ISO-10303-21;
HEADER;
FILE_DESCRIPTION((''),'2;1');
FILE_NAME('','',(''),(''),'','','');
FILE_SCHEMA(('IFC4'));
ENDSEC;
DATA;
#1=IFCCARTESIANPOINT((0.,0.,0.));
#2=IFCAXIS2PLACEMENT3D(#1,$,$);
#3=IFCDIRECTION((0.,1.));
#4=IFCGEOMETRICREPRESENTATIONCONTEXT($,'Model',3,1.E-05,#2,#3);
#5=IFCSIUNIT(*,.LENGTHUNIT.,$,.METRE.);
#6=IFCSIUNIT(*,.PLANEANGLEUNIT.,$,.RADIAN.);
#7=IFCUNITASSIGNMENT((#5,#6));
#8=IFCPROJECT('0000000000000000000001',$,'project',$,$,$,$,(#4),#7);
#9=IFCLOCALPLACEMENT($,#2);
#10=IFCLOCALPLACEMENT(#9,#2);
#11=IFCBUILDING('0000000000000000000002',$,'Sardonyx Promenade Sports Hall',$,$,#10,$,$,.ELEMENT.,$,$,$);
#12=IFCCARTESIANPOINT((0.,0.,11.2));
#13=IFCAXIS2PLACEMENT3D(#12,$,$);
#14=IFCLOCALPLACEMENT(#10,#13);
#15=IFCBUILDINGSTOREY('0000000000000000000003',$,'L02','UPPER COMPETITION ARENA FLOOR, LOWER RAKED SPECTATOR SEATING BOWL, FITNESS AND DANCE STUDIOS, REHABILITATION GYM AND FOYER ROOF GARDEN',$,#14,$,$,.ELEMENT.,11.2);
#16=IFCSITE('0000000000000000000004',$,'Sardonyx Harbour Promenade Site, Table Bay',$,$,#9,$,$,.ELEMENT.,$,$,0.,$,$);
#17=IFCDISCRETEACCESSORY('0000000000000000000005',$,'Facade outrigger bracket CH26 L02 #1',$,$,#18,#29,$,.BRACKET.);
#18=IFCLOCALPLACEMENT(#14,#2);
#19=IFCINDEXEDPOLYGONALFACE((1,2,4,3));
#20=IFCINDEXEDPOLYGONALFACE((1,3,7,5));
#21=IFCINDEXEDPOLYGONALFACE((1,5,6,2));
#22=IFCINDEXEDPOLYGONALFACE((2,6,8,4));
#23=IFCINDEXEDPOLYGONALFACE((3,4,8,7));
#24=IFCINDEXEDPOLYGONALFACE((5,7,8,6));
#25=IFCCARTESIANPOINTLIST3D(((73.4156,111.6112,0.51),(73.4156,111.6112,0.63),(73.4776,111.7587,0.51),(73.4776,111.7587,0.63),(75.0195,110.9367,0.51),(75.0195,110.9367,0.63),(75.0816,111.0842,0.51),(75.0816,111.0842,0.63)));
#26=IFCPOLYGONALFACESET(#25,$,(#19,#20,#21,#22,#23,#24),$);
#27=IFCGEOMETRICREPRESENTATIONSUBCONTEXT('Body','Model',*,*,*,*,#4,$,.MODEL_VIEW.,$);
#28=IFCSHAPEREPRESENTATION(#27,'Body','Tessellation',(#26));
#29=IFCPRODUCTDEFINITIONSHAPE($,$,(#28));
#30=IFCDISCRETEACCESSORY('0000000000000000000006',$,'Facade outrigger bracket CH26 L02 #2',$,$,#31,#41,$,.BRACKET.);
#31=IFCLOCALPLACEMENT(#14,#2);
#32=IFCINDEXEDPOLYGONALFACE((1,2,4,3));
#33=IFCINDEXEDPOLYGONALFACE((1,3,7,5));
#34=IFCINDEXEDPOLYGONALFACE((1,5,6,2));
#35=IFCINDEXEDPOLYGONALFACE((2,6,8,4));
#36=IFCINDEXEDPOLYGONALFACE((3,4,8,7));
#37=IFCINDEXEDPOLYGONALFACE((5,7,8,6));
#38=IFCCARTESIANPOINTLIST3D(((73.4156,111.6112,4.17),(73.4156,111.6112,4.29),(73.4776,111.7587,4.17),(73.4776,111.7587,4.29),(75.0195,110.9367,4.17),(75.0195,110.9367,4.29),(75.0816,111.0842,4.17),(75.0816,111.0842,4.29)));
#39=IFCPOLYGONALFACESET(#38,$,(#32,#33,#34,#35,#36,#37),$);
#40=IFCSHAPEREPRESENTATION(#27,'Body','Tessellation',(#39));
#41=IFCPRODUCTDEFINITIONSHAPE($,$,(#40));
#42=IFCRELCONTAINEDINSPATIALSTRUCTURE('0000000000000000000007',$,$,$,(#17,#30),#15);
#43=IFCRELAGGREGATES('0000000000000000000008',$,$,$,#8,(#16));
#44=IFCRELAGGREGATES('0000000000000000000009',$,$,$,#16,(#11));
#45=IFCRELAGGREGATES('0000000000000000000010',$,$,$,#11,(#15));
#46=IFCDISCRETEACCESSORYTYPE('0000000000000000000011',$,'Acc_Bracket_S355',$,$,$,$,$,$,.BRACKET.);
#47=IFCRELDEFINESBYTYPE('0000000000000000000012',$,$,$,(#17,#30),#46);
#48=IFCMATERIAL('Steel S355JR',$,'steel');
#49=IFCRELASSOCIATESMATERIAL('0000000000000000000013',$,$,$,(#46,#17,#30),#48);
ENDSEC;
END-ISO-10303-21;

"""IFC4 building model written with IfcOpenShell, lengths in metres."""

from ifc_helpers import new_model, si_unit, direction, frame, origin, place, context, subcontext, project, spatial, rectangle, extrude, material, type_object, element, save


model = new_model("IFC4")

# Units and contexts
model_context = context("Model", 3, precision=1e-05, world=origin(), true_north=direction((0.0, 1.0)))
body_context = subcontext(model_context, "Body", "Model", "MODEL_VIEW")
ifc_project = project(units=[si_unit("LENGTHUNIT", "METRE"), si_unit("PLANEANGLEUNIT", "RADIAN")], contexts=[model_context])

# Site, building, storey
site_placement = place(None, origin())
site = spatial("IfcSite", under=ifc_project, at=site_placement, Name="Sardonyx Harbour Promenade Site, Table Bay", CompositionType="ELEMENT", RefElevation=0.0)
building_placement = place(site_placement, origin())
building = spatial("IfcBuilding", under=site, at=building_placement, Name="Sardonyx Promenade Sports Hall", CompositionType="ELEMENT")
storey_placement = place(building_placement, frame((0.0, 0.0, 11.2)))
storey = spatial("IfcBuildingStorey", under=building, at=storey_placement, Name="L02", Description="UPPER COMPETITION ARENA FLOOR, LOWER RAKED SPECTATOR SEATING BOWL, FITNESS AND DANCE STUDIOS, REHABILITATION GYM AND FOYER ROOF GARDEN", CompositionType="ELEMENT", Elevation=11.2)

# Discrete accessories
ifc_material_1 = material(Name="Steel S355JR", Category="steel")
discrete_accessory_type = type_object("IfcDiscreteAccessoryType", Name="Acc_Bracket_S355", PredefinedType="BRACKET", material=ifc_material_1)
for number, where, z_axis, x_axis, name in (
    (1, (74.2486, 111.3477, 0.51), (0.0, 0.0, 1.0), (0.9218, -0.387665, 0.0), "Facade outrigger bracket CH26 L02 #1"),
    (2, (74.2486, 111.3477, 4.17), (0.0, 0.0, 1.0), (0.9218, -0.387665, 0.0), "Facade outrigger bracket CH26 L02 #2"),
):
    element("IfcDiscreteAccessory", number, at=place(storey_placement, frame(where, z_axis=z_axis, x_axis=x_axis)), inside=storey, type_object=discrete_accessory_type, material=ifc_material_1, Name=name, PredefinedType="BRACKET", context=body_context, shape_type="SweptSolid", body=[
        extrude(rectangle(XDim=1.74, YDim=0.16), origin(), (0.0, 0.0, 1.0), 0.12),
    ])

save(model, "model.ifc")
